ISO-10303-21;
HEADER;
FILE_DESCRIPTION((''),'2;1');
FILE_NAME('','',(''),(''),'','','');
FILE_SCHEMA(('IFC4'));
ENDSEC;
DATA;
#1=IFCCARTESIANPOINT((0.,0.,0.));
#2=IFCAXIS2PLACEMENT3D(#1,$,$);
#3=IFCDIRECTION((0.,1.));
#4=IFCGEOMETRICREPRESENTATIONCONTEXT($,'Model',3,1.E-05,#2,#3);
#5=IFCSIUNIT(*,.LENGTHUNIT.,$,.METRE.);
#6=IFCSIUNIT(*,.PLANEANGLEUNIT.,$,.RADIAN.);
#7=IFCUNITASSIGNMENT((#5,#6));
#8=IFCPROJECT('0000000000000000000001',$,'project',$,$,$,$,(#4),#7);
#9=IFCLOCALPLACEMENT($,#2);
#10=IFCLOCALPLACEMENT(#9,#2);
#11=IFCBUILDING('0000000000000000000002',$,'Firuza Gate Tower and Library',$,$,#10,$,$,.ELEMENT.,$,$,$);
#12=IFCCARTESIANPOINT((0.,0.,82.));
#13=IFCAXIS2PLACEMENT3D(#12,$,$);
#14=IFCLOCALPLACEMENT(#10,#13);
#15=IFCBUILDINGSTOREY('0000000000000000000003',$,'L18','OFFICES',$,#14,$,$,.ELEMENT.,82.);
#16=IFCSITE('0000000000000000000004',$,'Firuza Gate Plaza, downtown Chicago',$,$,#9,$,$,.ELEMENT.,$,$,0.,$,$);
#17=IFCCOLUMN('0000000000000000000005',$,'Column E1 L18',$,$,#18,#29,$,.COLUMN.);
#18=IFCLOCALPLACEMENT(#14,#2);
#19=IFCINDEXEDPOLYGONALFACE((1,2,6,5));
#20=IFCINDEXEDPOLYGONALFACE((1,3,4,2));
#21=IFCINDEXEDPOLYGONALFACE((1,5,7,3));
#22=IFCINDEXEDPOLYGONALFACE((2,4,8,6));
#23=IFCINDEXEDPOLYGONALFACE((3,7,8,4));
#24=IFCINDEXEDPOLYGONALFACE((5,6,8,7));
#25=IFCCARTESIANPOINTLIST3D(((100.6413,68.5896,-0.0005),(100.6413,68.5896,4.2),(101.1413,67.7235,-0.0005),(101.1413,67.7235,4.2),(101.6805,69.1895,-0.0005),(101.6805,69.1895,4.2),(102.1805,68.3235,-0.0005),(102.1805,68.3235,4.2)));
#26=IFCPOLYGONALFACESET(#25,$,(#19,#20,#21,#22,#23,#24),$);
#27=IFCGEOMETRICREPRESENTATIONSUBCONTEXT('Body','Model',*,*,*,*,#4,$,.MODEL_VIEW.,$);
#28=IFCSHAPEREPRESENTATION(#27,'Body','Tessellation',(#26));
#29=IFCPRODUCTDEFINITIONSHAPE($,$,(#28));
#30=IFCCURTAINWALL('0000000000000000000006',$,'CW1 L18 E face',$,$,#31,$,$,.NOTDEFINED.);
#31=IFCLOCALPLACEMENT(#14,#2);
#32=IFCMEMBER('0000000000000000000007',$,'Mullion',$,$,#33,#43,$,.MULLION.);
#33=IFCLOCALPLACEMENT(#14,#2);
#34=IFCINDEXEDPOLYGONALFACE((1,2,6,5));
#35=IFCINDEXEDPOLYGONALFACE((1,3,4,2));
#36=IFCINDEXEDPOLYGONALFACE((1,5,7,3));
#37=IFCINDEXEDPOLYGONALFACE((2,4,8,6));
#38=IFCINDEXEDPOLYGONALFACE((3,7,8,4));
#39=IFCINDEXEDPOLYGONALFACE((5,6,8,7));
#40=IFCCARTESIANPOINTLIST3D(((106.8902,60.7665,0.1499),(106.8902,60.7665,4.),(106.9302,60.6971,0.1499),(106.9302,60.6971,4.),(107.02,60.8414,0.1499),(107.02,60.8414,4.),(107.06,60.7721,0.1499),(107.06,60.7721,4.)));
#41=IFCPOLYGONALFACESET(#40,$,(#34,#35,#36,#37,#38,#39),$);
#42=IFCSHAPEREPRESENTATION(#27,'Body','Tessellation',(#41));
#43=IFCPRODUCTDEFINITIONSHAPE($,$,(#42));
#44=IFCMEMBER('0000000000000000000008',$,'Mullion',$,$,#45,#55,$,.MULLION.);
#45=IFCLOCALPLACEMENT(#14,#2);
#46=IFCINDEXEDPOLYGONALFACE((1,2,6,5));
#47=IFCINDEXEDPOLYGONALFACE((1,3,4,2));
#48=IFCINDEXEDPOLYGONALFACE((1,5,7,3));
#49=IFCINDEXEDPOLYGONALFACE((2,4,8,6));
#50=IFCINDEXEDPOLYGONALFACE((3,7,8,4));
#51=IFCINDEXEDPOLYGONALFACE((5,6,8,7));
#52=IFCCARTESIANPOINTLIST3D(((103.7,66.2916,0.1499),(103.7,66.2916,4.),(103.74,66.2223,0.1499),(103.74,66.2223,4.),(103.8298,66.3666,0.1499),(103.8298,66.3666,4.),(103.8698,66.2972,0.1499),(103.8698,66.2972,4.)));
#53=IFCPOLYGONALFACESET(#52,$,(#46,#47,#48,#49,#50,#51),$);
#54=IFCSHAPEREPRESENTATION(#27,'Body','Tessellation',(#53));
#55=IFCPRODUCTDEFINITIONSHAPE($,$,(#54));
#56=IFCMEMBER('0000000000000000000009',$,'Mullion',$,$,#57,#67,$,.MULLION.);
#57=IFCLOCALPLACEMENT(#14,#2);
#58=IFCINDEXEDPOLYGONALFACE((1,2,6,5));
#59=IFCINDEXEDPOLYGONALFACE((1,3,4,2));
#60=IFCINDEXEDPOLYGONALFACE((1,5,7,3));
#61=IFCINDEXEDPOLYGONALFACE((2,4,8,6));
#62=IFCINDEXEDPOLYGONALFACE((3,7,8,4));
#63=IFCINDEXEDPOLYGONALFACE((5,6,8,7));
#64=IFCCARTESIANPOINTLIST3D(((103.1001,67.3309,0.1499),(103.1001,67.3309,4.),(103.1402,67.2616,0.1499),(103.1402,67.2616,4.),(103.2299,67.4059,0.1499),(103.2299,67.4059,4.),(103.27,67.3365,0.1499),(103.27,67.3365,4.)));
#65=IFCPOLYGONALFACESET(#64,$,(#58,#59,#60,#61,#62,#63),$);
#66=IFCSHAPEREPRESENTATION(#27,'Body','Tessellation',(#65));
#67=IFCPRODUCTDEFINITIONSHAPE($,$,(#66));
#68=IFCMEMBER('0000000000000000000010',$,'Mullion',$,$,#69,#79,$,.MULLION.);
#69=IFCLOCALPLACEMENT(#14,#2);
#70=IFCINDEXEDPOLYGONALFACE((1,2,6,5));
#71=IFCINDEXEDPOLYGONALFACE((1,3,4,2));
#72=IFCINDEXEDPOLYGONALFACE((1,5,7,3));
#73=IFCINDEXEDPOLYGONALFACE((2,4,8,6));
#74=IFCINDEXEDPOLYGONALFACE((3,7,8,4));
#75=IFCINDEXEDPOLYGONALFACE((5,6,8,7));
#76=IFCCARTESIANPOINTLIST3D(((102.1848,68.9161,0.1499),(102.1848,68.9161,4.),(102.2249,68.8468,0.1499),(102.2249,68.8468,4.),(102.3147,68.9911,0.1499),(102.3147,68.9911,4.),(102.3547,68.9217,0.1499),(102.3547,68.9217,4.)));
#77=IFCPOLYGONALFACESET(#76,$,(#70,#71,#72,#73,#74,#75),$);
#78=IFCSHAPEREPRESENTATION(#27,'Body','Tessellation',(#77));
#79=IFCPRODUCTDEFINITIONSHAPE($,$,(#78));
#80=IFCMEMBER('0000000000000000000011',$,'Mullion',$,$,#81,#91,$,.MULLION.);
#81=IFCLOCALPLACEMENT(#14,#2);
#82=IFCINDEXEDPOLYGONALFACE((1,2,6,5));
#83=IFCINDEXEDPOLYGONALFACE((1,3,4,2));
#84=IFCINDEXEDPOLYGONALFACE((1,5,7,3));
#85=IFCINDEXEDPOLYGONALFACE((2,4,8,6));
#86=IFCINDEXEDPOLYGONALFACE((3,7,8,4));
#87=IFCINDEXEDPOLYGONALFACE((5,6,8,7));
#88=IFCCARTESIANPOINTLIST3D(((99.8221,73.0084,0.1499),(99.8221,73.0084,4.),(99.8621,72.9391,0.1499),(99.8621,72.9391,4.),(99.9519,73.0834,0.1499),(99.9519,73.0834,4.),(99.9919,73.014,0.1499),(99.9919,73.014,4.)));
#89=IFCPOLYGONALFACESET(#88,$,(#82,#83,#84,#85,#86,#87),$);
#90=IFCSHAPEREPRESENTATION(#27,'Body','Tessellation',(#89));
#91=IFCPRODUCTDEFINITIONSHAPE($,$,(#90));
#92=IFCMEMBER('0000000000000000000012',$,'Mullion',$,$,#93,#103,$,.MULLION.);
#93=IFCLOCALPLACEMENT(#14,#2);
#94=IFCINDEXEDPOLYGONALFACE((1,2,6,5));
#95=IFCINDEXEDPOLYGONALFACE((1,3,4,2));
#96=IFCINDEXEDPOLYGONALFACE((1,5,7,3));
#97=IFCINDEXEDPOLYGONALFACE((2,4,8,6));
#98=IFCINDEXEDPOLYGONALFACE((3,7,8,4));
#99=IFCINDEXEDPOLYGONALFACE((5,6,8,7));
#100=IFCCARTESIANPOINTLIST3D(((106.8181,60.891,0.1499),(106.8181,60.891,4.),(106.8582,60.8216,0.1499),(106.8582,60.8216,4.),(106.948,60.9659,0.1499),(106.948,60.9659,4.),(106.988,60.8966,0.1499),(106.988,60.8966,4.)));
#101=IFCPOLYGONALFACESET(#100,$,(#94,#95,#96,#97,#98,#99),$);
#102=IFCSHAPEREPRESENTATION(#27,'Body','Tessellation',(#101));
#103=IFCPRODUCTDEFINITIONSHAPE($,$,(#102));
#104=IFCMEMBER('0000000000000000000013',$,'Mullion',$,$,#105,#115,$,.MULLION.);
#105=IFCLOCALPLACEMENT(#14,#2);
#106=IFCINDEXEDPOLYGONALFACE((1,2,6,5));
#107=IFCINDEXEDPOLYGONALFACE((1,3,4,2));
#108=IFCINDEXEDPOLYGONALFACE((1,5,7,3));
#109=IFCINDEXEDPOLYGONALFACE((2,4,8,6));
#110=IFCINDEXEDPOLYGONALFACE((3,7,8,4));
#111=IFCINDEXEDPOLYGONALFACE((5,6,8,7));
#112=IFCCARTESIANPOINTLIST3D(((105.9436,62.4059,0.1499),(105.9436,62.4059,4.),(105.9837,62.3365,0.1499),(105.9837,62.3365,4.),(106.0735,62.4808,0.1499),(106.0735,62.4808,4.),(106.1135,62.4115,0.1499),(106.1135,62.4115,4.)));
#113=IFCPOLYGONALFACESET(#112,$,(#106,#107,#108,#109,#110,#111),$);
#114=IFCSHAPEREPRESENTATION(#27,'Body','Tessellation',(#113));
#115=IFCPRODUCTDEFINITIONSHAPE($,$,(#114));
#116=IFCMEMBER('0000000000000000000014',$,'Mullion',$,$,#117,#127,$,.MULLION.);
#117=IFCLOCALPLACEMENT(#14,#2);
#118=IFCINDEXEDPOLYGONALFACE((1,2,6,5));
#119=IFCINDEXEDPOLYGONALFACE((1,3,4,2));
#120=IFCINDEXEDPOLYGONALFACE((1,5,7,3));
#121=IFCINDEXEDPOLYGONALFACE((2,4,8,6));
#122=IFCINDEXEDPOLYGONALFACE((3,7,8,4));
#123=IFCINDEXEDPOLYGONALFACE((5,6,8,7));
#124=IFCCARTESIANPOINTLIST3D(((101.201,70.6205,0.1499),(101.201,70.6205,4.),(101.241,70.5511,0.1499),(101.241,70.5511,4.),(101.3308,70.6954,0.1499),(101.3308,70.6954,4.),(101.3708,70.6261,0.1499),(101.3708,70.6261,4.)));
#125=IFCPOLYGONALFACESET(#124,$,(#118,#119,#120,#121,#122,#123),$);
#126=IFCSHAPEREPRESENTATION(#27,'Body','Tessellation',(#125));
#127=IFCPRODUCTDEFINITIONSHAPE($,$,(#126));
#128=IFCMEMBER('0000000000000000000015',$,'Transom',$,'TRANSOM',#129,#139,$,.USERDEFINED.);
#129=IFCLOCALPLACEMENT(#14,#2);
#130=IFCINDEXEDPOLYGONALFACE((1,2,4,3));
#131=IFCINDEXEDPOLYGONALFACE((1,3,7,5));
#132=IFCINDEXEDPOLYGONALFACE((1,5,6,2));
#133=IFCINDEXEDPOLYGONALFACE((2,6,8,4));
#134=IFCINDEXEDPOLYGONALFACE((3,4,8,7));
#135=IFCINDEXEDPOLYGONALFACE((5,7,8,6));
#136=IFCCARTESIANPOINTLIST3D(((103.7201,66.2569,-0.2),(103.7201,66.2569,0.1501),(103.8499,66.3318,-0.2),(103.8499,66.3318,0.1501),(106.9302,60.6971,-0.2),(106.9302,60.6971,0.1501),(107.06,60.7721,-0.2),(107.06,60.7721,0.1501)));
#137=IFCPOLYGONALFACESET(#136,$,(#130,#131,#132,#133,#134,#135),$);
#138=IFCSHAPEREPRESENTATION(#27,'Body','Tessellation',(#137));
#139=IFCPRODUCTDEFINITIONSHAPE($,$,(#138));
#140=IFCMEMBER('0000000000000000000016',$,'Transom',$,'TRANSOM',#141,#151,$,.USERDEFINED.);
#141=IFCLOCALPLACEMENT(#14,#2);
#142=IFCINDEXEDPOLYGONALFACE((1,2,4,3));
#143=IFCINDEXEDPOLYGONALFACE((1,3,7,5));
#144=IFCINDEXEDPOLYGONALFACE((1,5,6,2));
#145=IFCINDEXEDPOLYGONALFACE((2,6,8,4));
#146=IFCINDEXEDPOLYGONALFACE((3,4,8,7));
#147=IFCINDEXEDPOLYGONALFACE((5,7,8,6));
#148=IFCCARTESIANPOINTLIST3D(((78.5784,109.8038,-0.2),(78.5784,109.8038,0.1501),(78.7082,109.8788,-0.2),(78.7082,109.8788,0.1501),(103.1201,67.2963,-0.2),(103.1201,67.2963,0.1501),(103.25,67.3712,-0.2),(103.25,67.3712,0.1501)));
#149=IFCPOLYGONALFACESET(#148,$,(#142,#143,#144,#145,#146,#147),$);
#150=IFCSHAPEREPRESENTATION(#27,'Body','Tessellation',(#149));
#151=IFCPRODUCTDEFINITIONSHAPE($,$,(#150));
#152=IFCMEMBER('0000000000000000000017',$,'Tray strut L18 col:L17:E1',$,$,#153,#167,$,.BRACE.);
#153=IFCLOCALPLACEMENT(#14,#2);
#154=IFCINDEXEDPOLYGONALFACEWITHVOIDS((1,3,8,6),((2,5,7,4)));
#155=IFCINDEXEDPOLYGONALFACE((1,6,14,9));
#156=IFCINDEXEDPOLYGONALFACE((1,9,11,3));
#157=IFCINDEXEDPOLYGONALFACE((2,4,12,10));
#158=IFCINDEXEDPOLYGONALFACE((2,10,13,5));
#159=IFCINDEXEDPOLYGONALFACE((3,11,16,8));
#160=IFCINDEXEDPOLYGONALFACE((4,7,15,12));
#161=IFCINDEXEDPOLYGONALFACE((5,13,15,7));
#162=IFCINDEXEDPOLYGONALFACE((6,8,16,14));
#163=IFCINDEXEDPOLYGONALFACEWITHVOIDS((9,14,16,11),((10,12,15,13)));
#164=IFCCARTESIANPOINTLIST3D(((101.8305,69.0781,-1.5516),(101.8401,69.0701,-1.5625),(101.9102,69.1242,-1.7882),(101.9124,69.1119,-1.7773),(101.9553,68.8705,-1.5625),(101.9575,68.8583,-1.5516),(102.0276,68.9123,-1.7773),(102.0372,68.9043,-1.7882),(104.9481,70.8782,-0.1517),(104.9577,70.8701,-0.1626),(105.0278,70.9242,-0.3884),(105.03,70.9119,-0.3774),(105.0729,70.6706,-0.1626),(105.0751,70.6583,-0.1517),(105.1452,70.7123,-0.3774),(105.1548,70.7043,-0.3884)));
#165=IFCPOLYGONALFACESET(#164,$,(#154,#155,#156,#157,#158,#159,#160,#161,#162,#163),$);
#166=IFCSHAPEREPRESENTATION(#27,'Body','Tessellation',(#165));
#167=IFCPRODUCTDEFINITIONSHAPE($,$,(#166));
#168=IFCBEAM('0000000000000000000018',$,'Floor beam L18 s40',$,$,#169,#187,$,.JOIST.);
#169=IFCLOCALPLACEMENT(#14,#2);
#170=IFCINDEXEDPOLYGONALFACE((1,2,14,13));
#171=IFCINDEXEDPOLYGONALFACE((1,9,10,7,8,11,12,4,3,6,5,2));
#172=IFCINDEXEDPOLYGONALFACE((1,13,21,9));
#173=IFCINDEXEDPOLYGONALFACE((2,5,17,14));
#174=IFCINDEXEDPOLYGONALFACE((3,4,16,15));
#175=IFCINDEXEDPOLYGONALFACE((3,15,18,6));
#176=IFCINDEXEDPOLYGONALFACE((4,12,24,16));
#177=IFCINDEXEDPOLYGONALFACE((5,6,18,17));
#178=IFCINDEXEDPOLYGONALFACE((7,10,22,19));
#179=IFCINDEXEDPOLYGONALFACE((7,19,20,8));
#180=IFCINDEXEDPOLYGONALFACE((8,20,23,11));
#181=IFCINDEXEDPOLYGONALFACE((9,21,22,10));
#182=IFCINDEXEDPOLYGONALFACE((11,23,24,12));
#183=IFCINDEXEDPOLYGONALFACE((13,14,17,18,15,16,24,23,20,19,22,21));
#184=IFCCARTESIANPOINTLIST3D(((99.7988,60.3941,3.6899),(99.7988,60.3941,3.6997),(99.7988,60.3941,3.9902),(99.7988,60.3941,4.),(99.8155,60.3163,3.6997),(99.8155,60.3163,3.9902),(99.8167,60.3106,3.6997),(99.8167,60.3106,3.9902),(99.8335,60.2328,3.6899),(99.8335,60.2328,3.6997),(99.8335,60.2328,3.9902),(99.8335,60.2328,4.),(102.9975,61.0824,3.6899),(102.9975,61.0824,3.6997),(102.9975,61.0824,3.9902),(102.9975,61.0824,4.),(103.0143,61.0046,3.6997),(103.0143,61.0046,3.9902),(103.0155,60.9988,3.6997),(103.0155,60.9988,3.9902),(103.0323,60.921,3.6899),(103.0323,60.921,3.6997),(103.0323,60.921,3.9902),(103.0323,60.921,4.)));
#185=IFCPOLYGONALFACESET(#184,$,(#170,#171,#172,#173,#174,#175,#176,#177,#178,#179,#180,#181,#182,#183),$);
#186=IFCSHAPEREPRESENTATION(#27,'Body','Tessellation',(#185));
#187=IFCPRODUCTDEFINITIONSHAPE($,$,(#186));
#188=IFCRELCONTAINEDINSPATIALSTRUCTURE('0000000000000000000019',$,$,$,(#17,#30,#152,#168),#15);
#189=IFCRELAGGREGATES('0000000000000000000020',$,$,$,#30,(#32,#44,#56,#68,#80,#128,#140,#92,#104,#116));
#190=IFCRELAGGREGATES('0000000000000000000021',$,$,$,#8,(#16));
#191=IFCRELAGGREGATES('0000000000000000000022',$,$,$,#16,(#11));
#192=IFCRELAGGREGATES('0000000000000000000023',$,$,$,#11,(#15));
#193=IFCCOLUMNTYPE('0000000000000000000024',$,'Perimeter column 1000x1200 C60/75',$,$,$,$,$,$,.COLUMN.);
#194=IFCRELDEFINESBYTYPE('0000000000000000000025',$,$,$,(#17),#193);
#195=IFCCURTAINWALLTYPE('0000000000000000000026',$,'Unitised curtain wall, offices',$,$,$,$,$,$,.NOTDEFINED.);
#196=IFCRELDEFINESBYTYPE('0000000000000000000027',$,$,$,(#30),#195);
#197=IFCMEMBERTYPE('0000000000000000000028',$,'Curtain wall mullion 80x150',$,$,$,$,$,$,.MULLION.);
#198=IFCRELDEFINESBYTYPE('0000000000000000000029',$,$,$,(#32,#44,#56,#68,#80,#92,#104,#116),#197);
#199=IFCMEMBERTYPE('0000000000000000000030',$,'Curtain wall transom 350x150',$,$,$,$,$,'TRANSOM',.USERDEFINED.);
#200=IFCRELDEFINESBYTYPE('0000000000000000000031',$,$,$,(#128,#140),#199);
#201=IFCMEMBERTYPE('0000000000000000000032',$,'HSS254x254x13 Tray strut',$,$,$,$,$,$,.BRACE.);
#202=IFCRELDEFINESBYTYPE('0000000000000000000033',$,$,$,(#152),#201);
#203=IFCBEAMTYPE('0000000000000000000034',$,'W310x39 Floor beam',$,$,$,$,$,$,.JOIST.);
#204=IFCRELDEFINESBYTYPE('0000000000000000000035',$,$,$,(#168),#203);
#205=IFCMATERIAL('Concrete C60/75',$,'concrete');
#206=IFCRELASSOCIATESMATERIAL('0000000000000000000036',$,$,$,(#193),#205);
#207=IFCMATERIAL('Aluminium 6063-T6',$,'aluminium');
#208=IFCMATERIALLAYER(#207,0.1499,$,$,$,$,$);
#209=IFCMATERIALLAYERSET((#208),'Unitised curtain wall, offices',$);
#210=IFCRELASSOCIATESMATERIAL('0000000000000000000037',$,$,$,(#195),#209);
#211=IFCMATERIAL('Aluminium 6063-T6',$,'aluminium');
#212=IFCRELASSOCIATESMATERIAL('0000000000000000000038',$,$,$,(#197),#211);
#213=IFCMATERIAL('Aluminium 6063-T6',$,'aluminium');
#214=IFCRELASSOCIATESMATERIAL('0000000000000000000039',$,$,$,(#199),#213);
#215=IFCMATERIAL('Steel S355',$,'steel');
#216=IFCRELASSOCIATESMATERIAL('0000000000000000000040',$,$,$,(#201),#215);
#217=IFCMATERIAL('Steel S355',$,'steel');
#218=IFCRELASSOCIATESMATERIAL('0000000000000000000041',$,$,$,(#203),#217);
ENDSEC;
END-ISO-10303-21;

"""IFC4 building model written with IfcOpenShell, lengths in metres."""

from ifc_helpers import new_model, si_unit, direction, frame, origin, origin_2d, place, context, subcontext, project, spatial, rectangle, hollow_rectangle, i_section, extrude, material, layer, layer_set, material_profile, profile_set, type_object, element, aggregate, save


model = new_model("IFC4")

# Units and contexts
model_context = context("Model", 3, precision=1e-05, world=origin(), true_north=direction((0.0, 1.0)))
body_context = subcontext(model_context, "Body", "Model", "MODEL_VIEW")
ifc_project = project(units=[si_unit("LENGTHUNIT", "METRE"), si_unit("PLANEANGLEUNIT", "RADIAN")], contexts=[model_context])

# Site, building, storey
site_placement = place(None, origin())
site = spatial("IfcSite", under=ifc_project, at=site_placement, Name="Firuza Gate Plaza, downtown Chicago", CompositionType="ELEMENT", RefElevation=0.0)
building_placement = place(site_placement, origin())
building = spatial("IfcBuilding", under=site, at=building_placement, Name="Firuza Gate Tower and Library", CompositionType="ELEMENT")
storey_placement = place(building_placement, frame((0.0, 0.0, 82.0)))
storey = spatial("IfcBuildingStorey", under=building, at=storey_placement, Name="L18", Description="OFFICES", CompositionType="ELEMENT", Elevation=82.0)

# Column
ifc_material_1 = material(Name="Concrete C60/75", Category="concrete")
ifc_material_profile_1 = material_profile(ifc_material_1, rectangle(XDim=1.0, YDim=1.2, at=origin_2d()))
ifc_profile_set_1 = profile_set([ifc_material_profile_1], Name="Concrete C60/75")
column_type = type_object("IfcColumnType", Name="Perimeter column 1000x1200 C60/75", PredefinedType="COLUMN", material=ifc_profile_set_1)
column_placement = place(storey_placement, frame((101.4109, 68.4565, -0.0005), z_axis=(0.0, 0.0, 1.0), x_axis=(-0.5, 0.866025, 0.0)))
element("IfcColumn", 1, at=column_placement, inside=storey, type_object=column_type, Name="Column E1 L18", PredefinedType="COLUMN", context=body_context, shape_type="SweptSolid", body=[
    extrude(rectangle(XDim=1.0, YDim=1.2, at=origin_2d()), origin(), (0.0, 0.0, 1.0), 4.2004),
])

# Curtain wall, members
ifc_material_2 = material(Name="Aluminium 6063-T6", Category="aluminium")
ifc_layer_1 = layer(ifc_material_2, 0.1499)
ifc_layer_set_1 = layer_set([ifc_layer_1], Name="Unitised curtain wall, offices")
curtain_wall_type = type_object("IfcCurtainWallType", Name="Unitised curtain wall, offices", PredefinedType="NOTDEFINED", material=ifc_layer_set_1)
curtain_wall_placement = place(storey_placement, origin())
curtain_wall = element("IfcCurtainWall", 2, at=curtain_wall_placement, inside=storey, type_object=curtain_wall_type, Name="CW1 L18 E face", PredefinedType="NOTDEFINED")
ifc_material_3 = material(Name="Aluminium 6063-T6", Category="aluminium")
ifc_material_profile_2 = material_profile(ifc_material_3, rectangle(XDim=0.1499, YDim=0.0801, at=origin_2d()))
ifc_profile_set_2 = profile_set([ifc_material_profile_2], Name="Aluminium 6063-T6")
member_type_1 = type_object("IfcMemberType", Name="Curtain wall mullion 80x150", PredefinedType="MULLION", material=ifc_profile_set_2)
member_1_placement = place(storey_placement, frame((106.9751, 60.7693, 0.1499), z_axis=(0.0, 0.0, 1.0), x_axis=(-0.866025, -0.5, 0.0)))
member_1 = element("IfcMember", 3, at=member_1_placement, type_object=member_type_1, Name="Mullion", PredefinedType="MULLION", context=body_context, shape_type="SweptSolid", body=[
    extrude(rectangle(XDim=0.1499, YDim=0.0801, at=origin_2d()), origin(), (0.0, 0.0, 1.0), 3.8501),
])
member_2_placement = place(storey_placement, frame((103.7849, 66.2944, 0.1499), z_axis=(0.0, 0.0, 1.0), x_axis=(-0.866025, -0.5, 0.0)))
member_2 = element("IfcMember", 4, at=member_2_placement, type_object=member_type_1, Name="Mullion", PredefinedType="MULLION", context=body_context, shape_type="SweptSolid", body=[
    extrude(rectangle(XDim=0.1499, YDim=0.0801, at=origin_2d()), origin(), (0.0, 0.0, 1.0), 3.8501),
])
member_3_placement = place(storey_placement, frame((103.1851, 67.3337, 0.1499), z_axis=(0.0, 0.0, 1.0), x_axis=(-0.866025, -0.5, 0.0)))
member_3 = element("IfcMember", 5, at=member_3_placement, type_object=member_type_1, Name="Mullion", PredefinedType="MULLION", context=body_context, shape_type="SweptSolid", body=[
    extrude(rectangle(XDim=0.1499, YDim=0.0801, at=origin_2d()), origin(), (0.0, 0.0, 1.0), 3.8501),
])
member_4_placement = place(storey_placement, frame((102.2698, 68.9189, 0.1499), z_axis=(0.0, 0.0, 1.0), x_axis=(-0.866025, -0.5, 0.0)))
member_4 = element("IfcMember", 6, at=member_4_placement, type_object=member_type_1, Name="Mullion", PredefinedType="MULLION", context=body_context, shape_type="SweptSolid", body=[
    extrude(rectangle(XDim=0.1499, YDim=0.0801, at=origin_2d()), origin(), (0.0, 0.0, 1.0), 3.8501),
])
member_5_placement = place(storey_placement, frame((99.907, 73.0112, 0.1499), z_axis=(0.0, 0.0, 1.0), x_axis=(-0.866025, -0.5, 0.0)))
member_5 = element("IfcMember", 7, at=member_5_placement, type_object=member_type_1, Name="Mullion", PredefinedType="MULLION", context=body_context, shape_type="SweptSolid", body=[
    extrude(rectangle(XDim=0.1499, YDim=0.0801, at=origin_2d()), origin(), (0.0, 0.0, 1.0), 3.8501),
])
member_6_placement = place(storey_placement, frame((106.9031, 60.8938, 0.1499), z_axis=(0.0, 0.0, 1.0), x_axis=(-0.866025, -0.5, 0.0)))
member_6 = element("IfcMember", 8, at=member_6_placement, type_object=member_type_1, Name="Mullion", PredefinedType="MULLION", context=body_context, shape_type="SweptSolid", body=[
    extrude(rectangle(XDim=0.1499, YDim=0.0801, at=origin_2d()), origin(), (0.0, 0.0, 1.0), 3.8501),
])
member_7_placement = place(storey_placement, frame((106.0286, 62.4087, 0.1499), z_axis=(0.0, 0.0, 1.0), x_axis=(-0.866025, -0.5, 0.0)))
member_7 = element("IfcMember", 9, at=member_7_placement, type_object=member_type_1, Name="Mullion", PredefinedType="MULLION", context=body_context, shape_type="SweptSolid", body=[
    extrude(rectangle(XDim=0.1499, YDim=0.0801, at=origin_2d()), origin(), (0.0, 0.0, 1.0), 3.8501),
])
member_8_placement = place(storey_placement, frame((101.2859, 70.6233, 0.1499), z_axis=(0.0, 0.0, 1.0), x_axis=(-0.866025, -0.5, 0.0)))
member_8 = element("IfcMember", 10, at=member_8_placement, type_object=member_type_1, Name="Mullion", PredefinedType="MULLION", context=body_context, shape_type="SweptSolid", body=[
    extrude(rectangle(XDim=0.1499, YDim=0.0801, at=origin_2d()), origin(), (0.0, 0.0, 1.0), 3.8501),
])
ifc_material_4 = material(Name="Aluminium 6063-T6", Category="aluminium")
ifc_material_profile_3 = material_profile(ifc_material_4, rectangle(XDim=0.1499, YDim=0.3501, at=origin_2d()))
ifc_profile_set_3 = profile_set([ifc_material_profile_3], Name="Aluminium 6063-T6")
member_type_2 = type_object("IfcMemberType", Name="Curtain wall transom 350x150", ElementType="TRANSOM", PredefinedType="USERDEFINED", material=ifc_profile_set_3)
member_9_placement = place(storey_placement, frame((106.9951, 60.7346, -0.0249), z_axis=(-0.500029, 0.866009, 0.0), x_axis=(-0.866009, -0.500029, 0.0)))
member_9 = element("IfcMember", 11, at=member_9_placement, type_object=member_type_2, Name="Transom", ObjectType="TRANSOM", PredefinedType="USERDEFINED", context=body_context, shape_type="SweptSolid", body=[
    extrude(rectangle(XDim=0.1499, YDim=0.3501, at=origin_2d()), origin(), (0.0, 0.0, 1.0), 6.4199),
])
member_10_placement = place(storey_placement, frame((103.1851, 67.3337, -0.0249), z_axis=(-0.5, 0.866025, 0.0), x_axis=(-0.866025, -0.5, 0.0)))
member_10 = element("IfcMember", 12, at=member_10_placement, type_object=member_type_2, Name="Transom", ObjectType="TRANSOM", PredefinedType="USERDEFINED", context=body_context, shape_type="SweptSolid", body=[
    extrude(rectangle(XDim=0.1499, YDim=0.3501, at=origin_2d()), origin(), (0.0, 0.0, 1.0), 49.0835),
])

# Member
ifc_material_5 = material(Name="Steel S355", Category="steel")
ifc_material_profile_4 = material_profile(ifc_material_5, hollow_rectangle(XDim=0.2539, YDim=0.2539, WallThickness=0.0117, at=origin_2d()))
ifc_profile_set_4 = profile_set([ifc_material_profile_4], Name="Steel S355")
member_type_3 = type_object("IfcMemberType", Name="HSS254x254x13 Tray strut", PredefinedType="BRACE", material=ifc_profile_set_4)
member_11_placement = place(storey_placement, frame((101.9338, 68.9912, -1.6699), z_axis=(0.807141, 0.466018, 0.362423), x_axis=(-0.500012, 0.866018, 0.0)))
element("IfcMember", 13, at=member_11_placement, inside=storey, type_object=member_type_3, Name="Tray strut L18 col:L17:E1", PredefinedType="BRACE", context=body_context, shape_type="SweptSolid", body=[
    extrude(hollow_rectangle(XDim=0.2539, YDim=0.2539, WallThickness=0.0117, at=origin_2d()), origin(), (0.0, 0.0, 1.0), 3.8625),
])

# Beam
ifc_material_6 = material(Name="Steel S355", Category="steel")
ifc_material_profile_5 = material_profile(ifc_material_6, i_section(OverallWidth=0.165, OverallDepth=0.3101, WebThickness=0.0059, FlangeThickness=0.0098, at=origin_2d()))
ifc_profile_set_5 = profile_set([ifc_material_profile_5], Name="Steel S355")
beam_type_1 = type_object("IfcBeamType", Name="W310x39 Floor beam", PredefinedType="JOIST", material=ifc_profile_set_5)
beam_1_placement = place(storey_placement, frame((103.0149, 61.0017, 3.845), z_axis=(-0.977627, -0.210344, 0.0), x_axis=(0.210344, -0.977627, 0.0)))
element("IfcBeam", 14, at=beam_1_placement, inside=storey, type_object=beam_type_1, Name="Floor beam L18 s40", PredefinedType="JOIST", context=body_context, shape_type="SweptSolid", body=[
    extrude(i_section(OverallWidth=0.165, OverallDepth=0.3101, WebThickness=0.0059, FlangeThickness=0.0098, at=origin_2d()), origin(), (0.0, 0.0, 1.0), 3.272),
])

aggregate(curtain_wall, [member_1, member_2, member_3, member_4, member_5, member_9, member_10, member_6, member_7, member_8])

save(model, "model.ifc")
